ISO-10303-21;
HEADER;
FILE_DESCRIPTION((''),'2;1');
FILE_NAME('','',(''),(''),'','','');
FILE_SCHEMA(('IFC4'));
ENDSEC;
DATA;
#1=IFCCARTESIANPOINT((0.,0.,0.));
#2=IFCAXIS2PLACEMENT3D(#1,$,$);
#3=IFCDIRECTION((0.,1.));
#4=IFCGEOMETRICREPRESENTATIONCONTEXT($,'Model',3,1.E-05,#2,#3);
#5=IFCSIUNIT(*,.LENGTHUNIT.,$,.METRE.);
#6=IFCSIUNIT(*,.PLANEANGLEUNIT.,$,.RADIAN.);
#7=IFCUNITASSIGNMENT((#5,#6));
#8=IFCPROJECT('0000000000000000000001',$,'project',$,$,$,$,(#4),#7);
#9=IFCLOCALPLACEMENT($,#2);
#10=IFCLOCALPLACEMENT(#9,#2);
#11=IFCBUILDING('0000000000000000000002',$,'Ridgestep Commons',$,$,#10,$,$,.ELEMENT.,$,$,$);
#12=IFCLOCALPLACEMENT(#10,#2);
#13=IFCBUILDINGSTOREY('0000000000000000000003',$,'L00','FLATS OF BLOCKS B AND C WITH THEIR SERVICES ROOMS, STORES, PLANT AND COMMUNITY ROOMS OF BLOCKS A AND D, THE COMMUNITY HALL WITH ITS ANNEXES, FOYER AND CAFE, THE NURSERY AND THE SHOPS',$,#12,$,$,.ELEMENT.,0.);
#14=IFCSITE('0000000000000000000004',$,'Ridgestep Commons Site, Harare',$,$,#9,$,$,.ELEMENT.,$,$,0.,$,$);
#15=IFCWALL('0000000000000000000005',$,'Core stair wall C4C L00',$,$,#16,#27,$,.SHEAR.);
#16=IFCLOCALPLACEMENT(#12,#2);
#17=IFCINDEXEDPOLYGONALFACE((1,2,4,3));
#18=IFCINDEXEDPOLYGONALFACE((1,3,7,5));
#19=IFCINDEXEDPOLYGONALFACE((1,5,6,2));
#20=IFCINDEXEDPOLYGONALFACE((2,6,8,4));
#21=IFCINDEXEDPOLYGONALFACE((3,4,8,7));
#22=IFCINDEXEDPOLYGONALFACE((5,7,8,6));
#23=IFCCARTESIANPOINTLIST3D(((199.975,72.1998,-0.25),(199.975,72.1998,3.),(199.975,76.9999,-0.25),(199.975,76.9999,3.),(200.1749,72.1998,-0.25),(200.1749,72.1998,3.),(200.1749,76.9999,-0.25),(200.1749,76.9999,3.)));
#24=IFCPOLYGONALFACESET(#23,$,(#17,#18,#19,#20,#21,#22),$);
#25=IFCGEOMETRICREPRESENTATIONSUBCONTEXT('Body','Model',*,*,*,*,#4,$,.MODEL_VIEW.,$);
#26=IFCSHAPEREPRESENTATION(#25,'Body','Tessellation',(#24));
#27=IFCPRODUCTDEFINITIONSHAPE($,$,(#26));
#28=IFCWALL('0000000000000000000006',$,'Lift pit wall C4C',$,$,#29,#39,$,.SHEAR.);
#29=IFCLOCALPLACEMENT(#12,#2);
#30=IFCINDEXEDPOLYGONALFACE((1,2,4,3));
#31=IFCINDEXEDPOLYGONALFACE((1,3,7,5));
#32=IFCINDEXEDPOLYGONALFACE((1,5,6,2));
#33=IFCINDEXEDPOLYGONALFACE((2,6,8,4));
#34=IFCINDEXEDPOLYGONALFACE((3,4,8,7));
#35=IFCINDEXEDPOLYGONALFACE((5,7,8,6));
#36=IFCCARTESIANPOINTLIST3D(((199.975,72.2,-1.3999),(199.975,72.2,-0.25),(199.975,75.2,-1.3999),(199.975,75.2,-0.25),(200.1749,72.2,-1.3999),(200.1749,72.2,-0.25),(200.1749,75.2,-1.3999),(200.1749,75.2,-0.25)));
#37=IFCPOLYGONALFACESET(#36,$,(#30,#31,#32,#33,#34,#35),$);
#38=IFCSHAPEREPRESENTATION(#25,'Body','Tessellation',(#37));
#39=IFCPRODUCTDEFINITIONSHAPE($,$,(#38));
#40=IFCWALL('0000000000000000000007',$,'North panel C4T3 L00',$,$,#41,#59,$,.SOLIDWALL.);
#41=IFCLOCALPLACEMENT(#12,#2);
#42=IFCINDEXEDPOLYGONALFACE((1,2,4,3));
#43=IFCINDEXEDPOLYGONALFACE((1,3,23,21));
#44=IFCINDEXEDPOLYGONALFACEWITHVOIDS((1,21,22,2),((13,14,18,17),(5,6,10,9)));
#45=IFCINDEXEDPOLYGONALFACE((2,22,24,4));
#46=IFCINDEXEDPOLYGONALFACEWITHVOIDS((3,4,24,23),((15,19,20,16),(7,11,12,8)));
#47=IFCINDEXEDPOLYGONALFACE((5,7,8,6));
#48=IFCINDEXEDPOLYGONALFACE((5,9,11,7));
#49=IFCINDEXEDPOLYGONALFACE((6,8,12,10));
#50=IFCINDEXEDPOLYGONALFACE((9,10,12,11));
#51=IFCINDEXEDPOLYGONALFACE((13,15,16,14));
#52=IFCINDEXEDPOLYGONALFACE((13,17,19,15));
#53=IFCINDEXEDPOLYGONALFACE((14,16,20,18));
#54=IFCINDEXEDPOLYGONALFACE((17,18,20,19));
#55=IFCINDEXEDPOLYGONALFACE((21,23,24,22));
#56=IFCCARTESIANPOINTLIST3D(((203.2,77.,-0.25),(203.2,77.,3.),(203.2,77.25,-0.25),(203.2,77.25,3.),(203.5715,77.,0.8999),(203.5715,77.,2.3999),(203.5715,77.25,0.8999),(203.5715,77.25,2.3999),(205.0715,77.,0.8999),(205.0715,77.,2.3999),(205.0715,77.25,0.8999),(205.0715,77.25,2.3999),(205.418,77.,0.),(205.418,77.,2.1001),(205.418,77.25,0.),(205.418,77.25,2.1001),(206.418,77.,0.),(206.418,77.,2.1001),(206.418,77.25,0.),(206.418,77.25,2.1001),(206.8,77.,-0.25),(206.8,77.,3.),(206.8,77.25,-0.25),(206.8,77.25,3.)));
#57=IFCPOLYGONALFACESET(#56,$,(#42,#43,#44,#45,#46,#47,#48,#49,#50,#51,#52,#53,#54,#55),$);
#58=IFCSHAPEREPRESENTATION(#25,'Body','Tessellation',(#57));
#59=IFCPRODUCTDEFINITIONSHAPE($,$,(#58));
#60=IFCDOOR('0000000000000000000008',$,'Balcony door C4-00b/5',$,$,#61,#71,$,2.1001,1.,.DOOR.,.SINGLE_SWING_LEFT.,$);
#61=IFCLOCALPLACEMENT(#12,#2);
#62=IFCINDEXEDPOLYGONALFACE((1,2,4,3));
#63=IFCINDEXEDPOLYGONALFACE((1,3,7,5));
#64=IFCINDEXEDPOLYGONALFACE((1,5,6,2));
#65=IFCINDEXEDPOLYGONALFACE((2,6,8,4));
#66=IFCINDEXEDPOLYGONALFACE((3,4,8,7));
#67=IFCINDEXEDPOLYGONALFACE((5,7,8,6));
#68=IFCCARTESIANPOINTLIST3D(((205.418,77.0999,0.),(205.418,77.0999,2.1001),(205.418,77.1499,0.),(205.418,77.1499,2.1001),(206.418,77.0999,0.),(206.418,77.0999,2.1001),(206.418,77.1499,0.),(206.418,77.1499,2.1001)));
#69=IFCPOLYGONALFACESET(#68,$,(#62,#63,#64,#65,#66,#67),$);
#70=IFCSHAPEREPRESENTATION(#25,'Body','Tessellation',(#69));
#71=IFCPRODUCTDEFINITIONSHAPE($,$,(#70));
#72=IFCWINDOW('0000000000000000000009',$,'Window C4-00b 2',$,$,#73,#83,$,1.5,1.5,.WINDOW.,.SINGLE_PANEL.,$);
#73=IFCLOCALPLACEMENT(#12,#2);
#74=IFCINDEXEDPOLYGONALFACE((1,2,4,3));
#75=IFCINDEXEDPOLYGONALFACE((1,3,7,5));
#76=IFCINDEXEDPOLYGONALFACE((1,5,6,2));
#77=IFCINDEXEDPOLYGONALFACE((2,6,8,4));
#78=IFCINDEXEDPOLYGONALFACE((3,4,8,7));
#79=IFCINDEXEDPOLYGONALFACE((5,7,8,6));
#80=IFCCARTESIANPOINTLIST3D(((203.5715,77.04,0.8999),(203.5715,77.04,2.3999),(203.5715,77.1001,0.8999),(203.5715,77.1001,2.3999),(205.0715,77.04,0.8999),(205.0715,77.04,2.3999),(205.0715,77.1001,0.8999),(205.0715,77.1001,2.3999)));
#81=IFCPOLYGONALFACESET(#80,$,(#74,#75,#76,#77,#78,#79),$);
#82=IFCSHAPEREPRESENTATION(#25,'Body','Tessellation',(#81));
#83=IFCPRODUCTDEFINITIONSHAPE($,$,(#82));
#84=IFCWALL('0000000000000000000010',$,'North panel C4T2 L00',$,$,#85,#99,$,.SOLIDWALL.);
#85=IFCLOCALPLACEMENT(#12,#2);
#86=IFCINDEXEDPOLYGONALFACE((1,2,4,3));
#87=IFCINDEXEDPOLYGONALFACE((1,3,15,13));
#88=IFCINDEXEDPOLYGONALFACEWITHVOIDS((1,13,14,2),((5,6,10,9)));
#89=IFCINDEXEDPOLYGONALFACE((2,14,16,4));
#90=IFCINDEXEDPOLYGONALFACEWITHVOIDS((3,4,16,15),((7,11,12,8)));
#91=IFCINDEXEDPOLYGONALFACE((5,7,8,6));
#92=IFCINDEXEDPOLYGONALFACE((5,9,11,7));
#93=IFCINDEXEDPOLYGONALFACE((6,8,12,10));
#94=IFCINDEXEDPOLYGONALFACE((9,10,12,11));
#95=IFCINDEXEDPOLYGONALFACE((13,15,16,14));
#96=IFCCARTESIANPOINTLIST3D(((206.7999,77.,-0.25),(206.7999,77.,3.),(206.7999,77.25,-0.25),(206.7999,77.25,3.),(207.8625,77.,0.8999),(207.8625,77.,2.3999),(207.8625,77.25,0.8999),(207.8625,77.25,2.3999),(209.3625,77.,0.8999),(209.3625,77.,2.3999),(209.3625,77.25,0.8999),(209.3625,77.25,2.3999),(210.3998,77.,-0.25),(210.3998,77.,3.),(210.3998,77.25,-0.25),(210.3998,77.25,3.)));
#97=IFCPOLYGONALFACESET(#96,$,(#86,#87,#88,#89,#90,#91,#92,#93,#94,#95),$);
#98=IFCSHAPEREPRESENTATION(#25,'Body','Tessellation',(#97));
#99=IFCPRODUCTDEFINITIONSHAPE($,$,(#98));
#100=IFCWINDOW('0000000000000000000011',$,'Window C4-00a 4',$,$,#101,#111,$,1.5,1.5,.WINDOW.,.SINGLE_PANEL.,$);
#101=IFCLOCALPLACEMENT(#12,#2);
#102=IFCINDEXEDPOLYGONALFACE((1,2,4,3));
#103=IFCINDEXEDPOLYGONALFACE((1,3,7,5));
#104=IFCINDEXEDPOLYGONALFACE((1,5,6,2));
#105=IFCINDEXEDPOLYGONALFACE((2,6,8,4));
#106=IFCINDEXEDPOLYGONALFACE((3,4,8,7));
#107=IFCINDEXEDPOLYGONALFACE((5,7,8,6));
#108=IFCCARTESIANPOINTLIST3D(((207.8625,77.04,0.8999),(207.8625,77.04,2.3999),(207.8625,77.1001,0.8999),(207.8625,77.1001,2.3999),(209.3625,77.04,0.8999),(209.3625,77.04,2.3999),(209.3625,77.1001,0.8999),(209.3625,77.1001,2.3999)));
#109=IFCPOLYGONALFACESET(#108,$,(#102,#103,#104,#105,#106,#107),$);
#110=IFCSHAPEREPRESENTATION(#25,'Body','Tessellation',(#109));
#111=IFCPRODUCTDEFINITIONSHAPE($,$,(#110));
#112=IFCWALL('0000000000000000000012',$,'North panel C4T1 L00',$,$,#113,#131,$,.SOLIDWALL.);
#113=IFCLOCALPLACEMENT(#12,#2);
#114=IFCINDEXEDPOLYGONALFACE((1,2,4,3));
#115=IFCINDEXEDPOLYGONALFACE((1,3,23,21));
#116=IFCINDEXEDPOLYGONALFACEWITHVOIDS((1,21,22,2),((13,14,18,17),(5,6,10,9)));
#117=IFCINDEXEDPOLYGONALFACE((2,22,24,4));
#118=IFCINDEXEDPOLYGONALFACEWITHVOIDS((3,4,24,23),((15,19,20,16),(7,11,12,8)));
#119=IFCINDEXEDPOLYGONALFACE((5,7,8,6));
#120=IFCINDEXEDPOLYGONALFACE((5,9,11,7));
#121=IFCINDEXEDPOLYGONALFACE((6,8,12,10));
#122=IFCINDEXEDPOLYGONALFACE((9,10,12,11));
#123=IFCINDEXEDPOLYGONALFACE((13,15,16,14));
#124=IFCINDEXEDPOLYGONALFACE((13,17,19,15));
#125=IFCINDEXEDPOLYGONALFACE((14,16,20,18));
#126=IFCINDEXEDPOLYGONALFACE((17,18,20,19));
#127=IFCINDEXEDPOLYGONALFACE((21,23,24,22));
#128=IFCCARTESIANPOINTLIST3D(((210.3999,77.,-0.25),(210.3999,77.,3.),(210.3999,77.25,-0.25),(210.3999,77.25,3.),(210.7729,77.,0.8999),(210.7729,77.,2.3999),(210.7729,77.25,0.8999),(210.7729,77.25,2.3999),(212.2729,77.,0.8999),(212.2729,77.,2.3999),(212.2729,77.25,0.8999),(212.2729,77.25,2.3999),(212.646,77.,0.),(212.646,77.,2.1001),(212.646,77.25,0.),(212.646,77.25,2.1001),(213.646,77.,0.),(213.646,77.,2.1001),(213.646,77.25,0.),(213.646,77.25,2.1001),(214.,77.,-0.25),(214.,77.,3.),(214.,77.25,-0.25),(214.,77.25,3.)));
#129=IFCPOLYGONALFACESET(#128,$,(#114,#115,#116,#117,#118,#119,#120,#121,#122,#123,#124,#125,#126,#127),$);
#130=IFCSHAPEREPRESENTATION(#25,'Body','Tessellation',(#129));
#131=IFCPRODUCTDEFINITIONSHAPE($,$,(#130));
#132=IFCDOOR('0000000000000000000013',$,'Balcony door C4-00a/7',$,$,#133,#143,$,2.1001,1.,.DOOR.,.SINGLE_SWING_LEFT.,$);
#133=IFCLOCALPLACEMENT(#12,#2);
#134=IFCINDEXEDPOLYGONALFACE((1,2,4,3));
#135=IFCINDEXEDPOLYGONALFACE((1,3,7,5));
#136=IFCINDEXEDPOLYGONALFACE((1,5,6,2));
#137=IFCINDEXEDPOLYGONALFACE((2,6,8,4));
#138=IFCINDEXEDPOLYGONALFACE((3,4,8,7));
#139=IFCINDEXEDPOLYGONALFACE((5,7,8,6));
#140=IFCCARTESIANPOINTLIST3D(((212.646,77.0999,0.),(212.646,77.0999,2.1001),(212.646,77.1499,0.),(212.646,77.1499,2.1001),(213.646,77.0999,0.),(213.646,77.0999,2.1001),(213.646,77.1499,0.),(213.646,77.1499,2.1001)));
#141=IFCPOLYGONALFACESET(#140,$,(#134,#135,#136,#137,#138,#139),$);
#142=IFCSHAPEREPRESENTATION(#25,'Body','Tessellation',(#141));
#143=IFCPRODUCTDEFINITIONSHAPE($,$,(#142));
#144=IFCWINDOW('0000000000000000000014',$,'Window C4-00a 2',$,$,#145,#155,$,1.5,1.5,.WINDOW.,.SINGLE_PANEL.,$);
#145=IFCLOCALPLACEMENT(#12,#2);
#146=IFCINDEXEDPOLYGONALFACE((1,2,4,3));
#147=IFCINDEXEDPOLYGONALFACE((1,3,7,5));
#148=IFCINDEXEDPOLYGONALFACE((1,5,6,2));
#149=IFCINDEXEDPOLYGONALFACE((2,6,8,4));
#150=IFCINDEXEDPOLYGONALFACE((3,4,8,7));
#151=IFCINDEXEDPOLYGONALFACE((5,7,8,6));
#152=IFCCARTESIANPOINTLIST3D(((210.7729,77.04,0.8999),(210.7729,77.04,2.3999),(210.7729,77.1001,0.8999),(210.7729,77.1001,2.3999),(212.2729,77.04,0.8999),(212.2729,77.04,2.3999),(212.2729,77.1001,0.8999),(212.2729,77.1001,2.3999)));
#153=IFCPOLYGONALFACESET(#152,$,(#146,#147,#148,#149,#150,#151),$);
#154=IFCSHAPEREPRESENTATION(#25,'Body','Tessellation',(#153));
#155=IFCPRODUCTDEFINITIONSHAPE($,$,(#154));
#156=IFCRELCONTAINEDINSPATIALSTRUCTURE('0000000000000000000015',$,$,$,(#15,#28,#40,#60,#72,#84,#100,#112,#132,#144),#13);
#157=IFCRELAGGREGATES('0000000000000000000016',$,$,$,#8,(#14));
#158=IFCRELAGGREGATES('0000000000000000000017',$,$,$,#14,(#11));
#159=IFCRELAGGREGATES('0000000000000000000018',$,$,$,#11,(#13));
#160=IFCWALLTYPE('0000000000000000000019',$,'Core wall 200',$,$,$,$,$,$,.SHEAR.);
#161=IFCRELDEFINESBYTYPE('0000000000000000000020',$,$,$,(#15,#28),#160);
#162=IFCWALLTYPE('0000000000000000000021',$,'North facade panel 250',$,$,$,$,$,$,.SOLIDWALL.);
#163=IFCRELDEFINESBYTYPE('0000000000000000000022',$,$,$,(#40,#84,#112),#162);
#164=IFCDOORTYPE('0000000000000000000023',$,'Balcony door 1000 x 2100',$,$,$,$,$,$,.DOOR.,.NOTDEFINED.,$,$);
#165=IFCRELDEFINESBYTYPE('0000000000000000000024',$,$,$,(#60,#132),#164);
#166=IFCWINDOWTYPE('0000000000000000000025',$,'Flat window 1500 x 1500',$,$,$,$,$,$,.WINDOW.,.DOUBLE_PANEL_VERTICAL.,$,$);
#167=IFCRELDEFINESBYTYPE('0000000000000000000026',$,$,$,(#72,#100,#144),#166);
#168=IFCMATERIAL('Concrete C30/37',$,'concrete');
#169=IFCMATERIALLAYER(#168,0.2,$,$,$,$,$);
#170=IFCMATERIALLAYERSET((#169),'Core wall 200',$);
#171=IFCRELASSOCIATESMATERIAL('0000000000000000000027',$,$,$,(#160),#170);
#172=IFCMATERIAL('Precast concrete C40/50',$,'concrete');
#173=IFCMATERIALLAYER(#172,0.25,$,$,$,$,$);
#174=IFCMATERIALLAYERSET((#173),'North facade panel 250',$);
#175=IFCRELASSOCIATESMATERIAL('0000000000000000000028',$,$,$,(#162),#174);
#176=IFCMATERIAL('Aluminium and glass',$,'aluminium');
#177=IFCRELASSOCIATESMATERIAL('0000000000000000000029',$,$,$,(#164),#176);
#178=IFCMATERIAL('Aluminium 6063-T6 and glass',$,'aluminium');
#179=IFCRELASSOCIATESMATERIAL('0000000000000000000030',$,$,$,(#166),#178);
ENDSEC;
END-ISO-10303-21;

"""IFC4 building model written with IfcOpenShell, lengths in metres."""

from ifc_helpers import new_model, si_unit, direction, frame, frame_2d, origin, place, context, subcontext, project, spatial, rectangle, extrude, material, layer, layer_set, type_object, element, fill, save


model = new_model("IFC4")

# Units and contexts
model_context = context("Model", 3, precision=1e-05, world=origin(), true_north=direction((0.0, 1.0)))
body_context = subcontext(model_context, "Body", "Model", "MODEL_VIEW")
ifc_project = project(units=[si_unit("LENGTHUNIT", "METRE"), si_unit("PLANEANGLEUNIT", "RADIAN")], contexts=[model_context])

# Site, building, storey
site_placement = place(None, origin())
site = spatial("IfcSite", under=ifc_project, at=site_placement, Name="Ridgestep Commons Site, Harare", CompositionType="ELEMENT", RefElevation=0.0)
building_placement = place(site_placement, origin())
building = spatial("IfcBuilding", under=site, at=building_placement, Name="Ridgestep Commons", CompositionType="ELEMENT")
storey_placement = place(building_placement, origin())
storey = spatial("IfcBuildingStorey", under=building, at=storey_placement, Name="L00", Description="FLATS OF BLOCKS B AND C WITH THEIR SERVICES ROOMS, STORES, PLANT AND COMMUNITY ROOMS OF BLOCKS A AND D, THE COMMUNITY HALL WITH ITS ANNEXES, FOYER AND CAFE, THE NURSERY AND THE SHOPS", CompositionType="ELEMENT", Elevation=0.0)

# Walls
ifc_material_1 = material(Name="Concrete C30/37", Category="concrete")
ifc_layer_1 = layer(ifc_material_1, 0.2)
ifc_layer_set_1 = layer_set([ifc_layer_1], Name="Core wall 200")
wall_type_1 = type_object("IfcWallType", Name="Core wall 200", PredefinedType="SHEAR", material=ifc_layer_set_1)
wall_1_placement = place(storey_placement, frame((200.075, 72.2, -0.25), z_axis=(0.0, 0.0, 1.0), x_axis=(0.0, 1.0, 0.0)))
element("IfcWall", 1, at=wall_1_placement, inside=storey, type_object=wall_type_1, Name="Core stair wall C4C L00", PredefinedType="SHEAR", context=body_context, shape_type="SweptSolid", body=[
    extrude(rectangle(XDim=4.8, YDim=0.2, at=frame_2d((2.3999, 0.0))), origin(), (0.0, 0.0, 1.0), 3.25),
])
wall_2_placement = place(storey_placement, frame((200.075, 72.2, -1.3999), z_axis=(0.0, 0.0, 1.0), x_axis=(0.0, 1.0, 0.0)))
element("IfcWall", 2, at=wall_2_placement, inside=storey, type_object=wall_type_1, Name="Lift pit wall C4C", PredefinedType="SHEAR", context=body_context, shape_type="SweptSolid", body=[
    extrude(rectangle(XDim=3.0, YDim=0.2, at=frame_2d((1.5, 0.0))), origin(), (0.0, 0.0, 1.0), 1.1499),
])

# Wall, openings, door, window
ifc_material_2 = material(Name="Precast concrete C40/50", Category="concrete")
ifc_layer_2 = layer(ifc_material_2, 0.25)
ifc_layer_set_2 = layer_set([ifc_layer_2], Name="North facade panel 250")
wall_type_2 = type_object("IfcWallType", Name="North facade panel 250", PredefinedType="SOLIDWALL", material=ifc_layer_set_2)
wall_3_placement = place(storey_placement, frame((203.2, 77.125, -0.25), z_axis=(0.0, 0.0, 1.0), x_axis=(1.0, 0.0, 0.0)))
wall_3 = element("IfcWall", 3, at=wall_3_placement, inside=storey, type_object=wall_type_2, Name="North panel C4T3 L00", PredefinedType="SOLIDWALL", context=body_context, shape_type="SweptSolid", body=[
    extrude(rectangle(XDim=3.6001, YDim=0.25, at=frame_2d((1.8, 0.0))), origin(), (0.0, 0.0, 1.0), 3.25),
])
opening_1_placement = place(wall_3_placement, frame((0.3716, 0.0, 1.1499)))
opening_1 = element("IfcOpeningElement", 4, at=opening_1_placement, cuts=wall_3, PredefinedType="OPENING", context=body_context, shape_type="SweptSolid", body=[
    extrude(rectangle(XDim=1.5, YDim=1.5, at=frame_2d((0.75, 0.75))), frame((0.0, 0.135, 0.0), z_axis=(0.0, -1.0, 0.0), x_axis=(1.0, 0.0, 0.0)), (0.0, 0.0, 1.0), 0.27),
])
opening_2_placement = place(wall_3_placement, frame((2.218, 0.0, 0.25)))
opening_2 = element("IfcOpeningElement", 5, at=opening_2_placement, cuts=wall_3, PredefinedType="OPENING", context=body_context, shape_type="SweptSolid", body=[
    extrude(rectangle(XDim=1.0, YDim=2.1001, at=frame_2d((0.5, 1.05))), frame((0.0, 0.135, 0.0), z_axis=(0.0, -1.0, 0.0), x_axis=(1.0, 0.0, 0.0)), (0.0, 0.0, 1.0), 0.27),
])
ifc_material_3 = material(Name="Aluminium and glass", Category="aluminium")
door_type_1 = type_object("IfcDoorType", Name="Balcony door 1000 x 2100", OperationType="NOTDEFINED", PredefinedType="DOOR", material=ifc_material_3)
door_1_placement = place(opening_2_placement, origin())
door_1 = element("IfcDoor", 6, at=door_1_placement, inside=storey, type_object=door_type_1, Name="Balcony door C4-00b/5", OperationType="SINGLE_SWING_LEFT", OverallHeight=2.1001, OverallWidth=1.0, PredefinedType="DOOR", context=body_context, shape_type="SweptSolid", body=[
    extrude(rectangle(XDim=1.0, YDim=2.1001, at=frame_2d((0.5, 1.05))), frame((0.0, 0.0249, 0.0), z_axis=(0.0, -1.0, 0.0), x_axis=(1.0, 0.0, 0.0)), (0.0, 0.0, 1.0), 0.05),
])
fill(opening_2, door_1)
ifc_material_4 = material(Name="Aluminium 6063-T6 and glass", Category="aluminium")
window_type = type_object("IfcWindowType", Name="Flat window 1500 x 1500", PartitioningType="DOUBLE_PANEL_VERTICAL", PredefinedType="WINDOW", material=ifc_material_4)
window_1_placement = place(opening_1_placement, origin())
window_1 = element("IfcWindow", 7, at=window_1_placement, inside=storey, type_object=window_type, Name="Window C4-00b 2", OverallHeight=1.5, OverallWidth=1.5, PartitioningType="SINGLE_PANEL", PredefinedType="WINDOW", context=body_context, shape_type="SweptSolid", body=[
    extrude(rectangle(XDim=1.5, YDim=1.5, at=frame_2d((0.75, 0.75))), frame((0.0, -0.0249, 0.0), z_axis=(0.0, -1.0, 0.0), x_axis=(1.0, 0.0, 0.0)), (0.0, 0.0, 1.0), 0.0601),
])
fill(opening_1, window_1)

# Wall, opening, window
wall_4_placement = place(storey_placement, frame((206.8, 77.125, -0.25), z_axis=(0.0, 0.0, 1.0), x_axis=(1.0, 0.0, 0.0)))
wall_4 = element("IfcWall", 8, at=wall_4_placement, inside=storey, type_object=wall_type_2, Name="North panel C4T2 L00", PredefinedType="SOLIDWALL", context=body_context, shape_type="SweptSolid", body=[
    extrude(rectangle(XDim=3.5999, YDim=0.25, at=frame_2d((1.7998, 0.0))), origin(), (0.0, 0.0, 1.0), 3.25),
])
opening_3_placement = place(wall_4_placement, frame((1.0625, 0.0, 1.1499)))
opening_3 = element("IfcOpeningElement", 9, at=opening_3_placement, cuts=wall_4, PredefinedType="OPENING", context=body_context, shape_type="SweptSolid", body=[
    extrude(rectangle(XDim=1.5, YDim=1.5, at=frame_2d((0.75, 0.75))), frame((0.0, 0.135, 0.0), z_axis=(0.0, -1.0, 0.0), x_axis=(1.0, 0.0, 0.0)), (0.0, 0.0, 1.0), 0.27),
])
window_2_placement = place(opening_3_placement, origin())
window_2 = element("IfcWindow", 10, at=window_2_placement, inside=storey, type_object=window_type, Name="Window C4-00a 4", OverallHeight=1.5, OverallWidth=1.5, PartitioningType="SINGLE_PANEL", PredefinedType="WINDOW", context=body_context, shape_type="SweptSolid", body=[
    extrude(rectangle(XDim=1.5, YDim=1.5, at=frame_2d((0.75, 0.75))), frame((0.0, -0.0249, 0.0), z_axis=(0.0, -1.0, 0.0), x_axis=(1.0, 0.0, 0.0)), (0.0, 0.0, 1.0), 0.0601),
])
fill(opening_3, window_2)

# Wall, openings, door, window
wall_5_placement = place(storey_placement, frame((210.3999, 77.125, -0.25), z_axis=(0.0, 0.0, 1.0), x_axis=(1.0, 0.0, 0.0)))
wall_5 = element("IfcWall", 11, at=wall_5_placement, inside=storey, type_object=wall_type_2, Name="North panel C4T1 L00", PredefinedType="SOLIDWALL", context=body_context, shape_type="SweptSolid", body=[
    extrude(rectangle(XDim=3.6001, YDim=0.25, at=frame_2d((1.8, 0.0))), origin(), (0.0, 0.0, 1.0), 3.25),
])
opening_4_placement = place(wall_5_placement, frame((0.373, 0.0, 1.1499)))
opening_4 = element("IfcOpeningElement", 12, at=opening_4_placement, cuts=wall_5, PredefinedType="OPENING", context=body_context, shape_type="SweptSolid", body=[
    extrude(rectangle(XDim=1.5, YDim=1.5, at=frame_2d((0.75, 0.75))), frame((0.0, 0.135, 0.0), z_axis=(0.0, -1.0, 0.0), x_axis=(1.0, 0.0, 0.0)), (0.0, 0.0, 1.0), 0.27),
])
opening_5_placement = place(wall_5_placement, frame((2.2461, 0.0, 0.25)))
opening_5 = element("IfcOpeningElement", 13, at=opening_5_placement, cuts=wall_5, PredefinedType="OPENING", context=body_context, shape_type="SweptSolid", body=[
    extrude(rectangle(XDim=1.0, YDim=2.1001, at=frame_2d((0.5, 1.05))), frame((0.0, 0.135, 0.0), z_axis=(0.0, -1.0, 0.0), x_axis=(1.0, 0.0, 0.0)), (0.0, 0.0, 1.0), 0.27),
])
door_2_placement = place(opening_5_placement, origin())
door_2 = element("IfcDoor", 14, at=door_2_placement, inside=storey, type_object=door_type_1, Name="Balcony door C4-00a/7", OperationType="SINGLE_SWING_LEFT", OverallHeight=2.1001, OverallWidth=1.0, PredefinedType="DOOR", context=body_context, shape_type="SweptSolid", body=[
    extrude(rectangle(XDim=1.0, YDim=2.1001, at=frame_2d((0.5, 1.05))), frame((0.0, 0.0249, 0.0), z_axis=(0.0, -1.0, 0.0), x_axis=(1.0, 0.0, 0.0)), (0.0, 0.0, 1.0), 0.05),
])
fill(opening_5, door_2)
window_3_placement = place(opening_4_placement, origin())
window_3 = element("IfcWindow", 15, at=window_3_placement, inside=storey, type_object=window_type, Name="Window C4-00a 2", OverallHeight=1.5, OverallWidth=1.5, PartitioningType="SINGLE_PANEL", PredefinedType="WINDOW", context=body_context, shape_type="SweptSolid", body=[
    extrude(rectangle(XDim=1.5, YDim=1.5, at=frame_2d((0.75, 0.75))), frame((0.0, -0.0249, 0.0), z_axis=(0.0, -1.0, 0.0), x_axis=(1.0, 0.0, 0.0)), (0.0, 0.0, 1.0), 0.0601),
])
fill(opening_4, window_3)

save(model, "model.ifc")
